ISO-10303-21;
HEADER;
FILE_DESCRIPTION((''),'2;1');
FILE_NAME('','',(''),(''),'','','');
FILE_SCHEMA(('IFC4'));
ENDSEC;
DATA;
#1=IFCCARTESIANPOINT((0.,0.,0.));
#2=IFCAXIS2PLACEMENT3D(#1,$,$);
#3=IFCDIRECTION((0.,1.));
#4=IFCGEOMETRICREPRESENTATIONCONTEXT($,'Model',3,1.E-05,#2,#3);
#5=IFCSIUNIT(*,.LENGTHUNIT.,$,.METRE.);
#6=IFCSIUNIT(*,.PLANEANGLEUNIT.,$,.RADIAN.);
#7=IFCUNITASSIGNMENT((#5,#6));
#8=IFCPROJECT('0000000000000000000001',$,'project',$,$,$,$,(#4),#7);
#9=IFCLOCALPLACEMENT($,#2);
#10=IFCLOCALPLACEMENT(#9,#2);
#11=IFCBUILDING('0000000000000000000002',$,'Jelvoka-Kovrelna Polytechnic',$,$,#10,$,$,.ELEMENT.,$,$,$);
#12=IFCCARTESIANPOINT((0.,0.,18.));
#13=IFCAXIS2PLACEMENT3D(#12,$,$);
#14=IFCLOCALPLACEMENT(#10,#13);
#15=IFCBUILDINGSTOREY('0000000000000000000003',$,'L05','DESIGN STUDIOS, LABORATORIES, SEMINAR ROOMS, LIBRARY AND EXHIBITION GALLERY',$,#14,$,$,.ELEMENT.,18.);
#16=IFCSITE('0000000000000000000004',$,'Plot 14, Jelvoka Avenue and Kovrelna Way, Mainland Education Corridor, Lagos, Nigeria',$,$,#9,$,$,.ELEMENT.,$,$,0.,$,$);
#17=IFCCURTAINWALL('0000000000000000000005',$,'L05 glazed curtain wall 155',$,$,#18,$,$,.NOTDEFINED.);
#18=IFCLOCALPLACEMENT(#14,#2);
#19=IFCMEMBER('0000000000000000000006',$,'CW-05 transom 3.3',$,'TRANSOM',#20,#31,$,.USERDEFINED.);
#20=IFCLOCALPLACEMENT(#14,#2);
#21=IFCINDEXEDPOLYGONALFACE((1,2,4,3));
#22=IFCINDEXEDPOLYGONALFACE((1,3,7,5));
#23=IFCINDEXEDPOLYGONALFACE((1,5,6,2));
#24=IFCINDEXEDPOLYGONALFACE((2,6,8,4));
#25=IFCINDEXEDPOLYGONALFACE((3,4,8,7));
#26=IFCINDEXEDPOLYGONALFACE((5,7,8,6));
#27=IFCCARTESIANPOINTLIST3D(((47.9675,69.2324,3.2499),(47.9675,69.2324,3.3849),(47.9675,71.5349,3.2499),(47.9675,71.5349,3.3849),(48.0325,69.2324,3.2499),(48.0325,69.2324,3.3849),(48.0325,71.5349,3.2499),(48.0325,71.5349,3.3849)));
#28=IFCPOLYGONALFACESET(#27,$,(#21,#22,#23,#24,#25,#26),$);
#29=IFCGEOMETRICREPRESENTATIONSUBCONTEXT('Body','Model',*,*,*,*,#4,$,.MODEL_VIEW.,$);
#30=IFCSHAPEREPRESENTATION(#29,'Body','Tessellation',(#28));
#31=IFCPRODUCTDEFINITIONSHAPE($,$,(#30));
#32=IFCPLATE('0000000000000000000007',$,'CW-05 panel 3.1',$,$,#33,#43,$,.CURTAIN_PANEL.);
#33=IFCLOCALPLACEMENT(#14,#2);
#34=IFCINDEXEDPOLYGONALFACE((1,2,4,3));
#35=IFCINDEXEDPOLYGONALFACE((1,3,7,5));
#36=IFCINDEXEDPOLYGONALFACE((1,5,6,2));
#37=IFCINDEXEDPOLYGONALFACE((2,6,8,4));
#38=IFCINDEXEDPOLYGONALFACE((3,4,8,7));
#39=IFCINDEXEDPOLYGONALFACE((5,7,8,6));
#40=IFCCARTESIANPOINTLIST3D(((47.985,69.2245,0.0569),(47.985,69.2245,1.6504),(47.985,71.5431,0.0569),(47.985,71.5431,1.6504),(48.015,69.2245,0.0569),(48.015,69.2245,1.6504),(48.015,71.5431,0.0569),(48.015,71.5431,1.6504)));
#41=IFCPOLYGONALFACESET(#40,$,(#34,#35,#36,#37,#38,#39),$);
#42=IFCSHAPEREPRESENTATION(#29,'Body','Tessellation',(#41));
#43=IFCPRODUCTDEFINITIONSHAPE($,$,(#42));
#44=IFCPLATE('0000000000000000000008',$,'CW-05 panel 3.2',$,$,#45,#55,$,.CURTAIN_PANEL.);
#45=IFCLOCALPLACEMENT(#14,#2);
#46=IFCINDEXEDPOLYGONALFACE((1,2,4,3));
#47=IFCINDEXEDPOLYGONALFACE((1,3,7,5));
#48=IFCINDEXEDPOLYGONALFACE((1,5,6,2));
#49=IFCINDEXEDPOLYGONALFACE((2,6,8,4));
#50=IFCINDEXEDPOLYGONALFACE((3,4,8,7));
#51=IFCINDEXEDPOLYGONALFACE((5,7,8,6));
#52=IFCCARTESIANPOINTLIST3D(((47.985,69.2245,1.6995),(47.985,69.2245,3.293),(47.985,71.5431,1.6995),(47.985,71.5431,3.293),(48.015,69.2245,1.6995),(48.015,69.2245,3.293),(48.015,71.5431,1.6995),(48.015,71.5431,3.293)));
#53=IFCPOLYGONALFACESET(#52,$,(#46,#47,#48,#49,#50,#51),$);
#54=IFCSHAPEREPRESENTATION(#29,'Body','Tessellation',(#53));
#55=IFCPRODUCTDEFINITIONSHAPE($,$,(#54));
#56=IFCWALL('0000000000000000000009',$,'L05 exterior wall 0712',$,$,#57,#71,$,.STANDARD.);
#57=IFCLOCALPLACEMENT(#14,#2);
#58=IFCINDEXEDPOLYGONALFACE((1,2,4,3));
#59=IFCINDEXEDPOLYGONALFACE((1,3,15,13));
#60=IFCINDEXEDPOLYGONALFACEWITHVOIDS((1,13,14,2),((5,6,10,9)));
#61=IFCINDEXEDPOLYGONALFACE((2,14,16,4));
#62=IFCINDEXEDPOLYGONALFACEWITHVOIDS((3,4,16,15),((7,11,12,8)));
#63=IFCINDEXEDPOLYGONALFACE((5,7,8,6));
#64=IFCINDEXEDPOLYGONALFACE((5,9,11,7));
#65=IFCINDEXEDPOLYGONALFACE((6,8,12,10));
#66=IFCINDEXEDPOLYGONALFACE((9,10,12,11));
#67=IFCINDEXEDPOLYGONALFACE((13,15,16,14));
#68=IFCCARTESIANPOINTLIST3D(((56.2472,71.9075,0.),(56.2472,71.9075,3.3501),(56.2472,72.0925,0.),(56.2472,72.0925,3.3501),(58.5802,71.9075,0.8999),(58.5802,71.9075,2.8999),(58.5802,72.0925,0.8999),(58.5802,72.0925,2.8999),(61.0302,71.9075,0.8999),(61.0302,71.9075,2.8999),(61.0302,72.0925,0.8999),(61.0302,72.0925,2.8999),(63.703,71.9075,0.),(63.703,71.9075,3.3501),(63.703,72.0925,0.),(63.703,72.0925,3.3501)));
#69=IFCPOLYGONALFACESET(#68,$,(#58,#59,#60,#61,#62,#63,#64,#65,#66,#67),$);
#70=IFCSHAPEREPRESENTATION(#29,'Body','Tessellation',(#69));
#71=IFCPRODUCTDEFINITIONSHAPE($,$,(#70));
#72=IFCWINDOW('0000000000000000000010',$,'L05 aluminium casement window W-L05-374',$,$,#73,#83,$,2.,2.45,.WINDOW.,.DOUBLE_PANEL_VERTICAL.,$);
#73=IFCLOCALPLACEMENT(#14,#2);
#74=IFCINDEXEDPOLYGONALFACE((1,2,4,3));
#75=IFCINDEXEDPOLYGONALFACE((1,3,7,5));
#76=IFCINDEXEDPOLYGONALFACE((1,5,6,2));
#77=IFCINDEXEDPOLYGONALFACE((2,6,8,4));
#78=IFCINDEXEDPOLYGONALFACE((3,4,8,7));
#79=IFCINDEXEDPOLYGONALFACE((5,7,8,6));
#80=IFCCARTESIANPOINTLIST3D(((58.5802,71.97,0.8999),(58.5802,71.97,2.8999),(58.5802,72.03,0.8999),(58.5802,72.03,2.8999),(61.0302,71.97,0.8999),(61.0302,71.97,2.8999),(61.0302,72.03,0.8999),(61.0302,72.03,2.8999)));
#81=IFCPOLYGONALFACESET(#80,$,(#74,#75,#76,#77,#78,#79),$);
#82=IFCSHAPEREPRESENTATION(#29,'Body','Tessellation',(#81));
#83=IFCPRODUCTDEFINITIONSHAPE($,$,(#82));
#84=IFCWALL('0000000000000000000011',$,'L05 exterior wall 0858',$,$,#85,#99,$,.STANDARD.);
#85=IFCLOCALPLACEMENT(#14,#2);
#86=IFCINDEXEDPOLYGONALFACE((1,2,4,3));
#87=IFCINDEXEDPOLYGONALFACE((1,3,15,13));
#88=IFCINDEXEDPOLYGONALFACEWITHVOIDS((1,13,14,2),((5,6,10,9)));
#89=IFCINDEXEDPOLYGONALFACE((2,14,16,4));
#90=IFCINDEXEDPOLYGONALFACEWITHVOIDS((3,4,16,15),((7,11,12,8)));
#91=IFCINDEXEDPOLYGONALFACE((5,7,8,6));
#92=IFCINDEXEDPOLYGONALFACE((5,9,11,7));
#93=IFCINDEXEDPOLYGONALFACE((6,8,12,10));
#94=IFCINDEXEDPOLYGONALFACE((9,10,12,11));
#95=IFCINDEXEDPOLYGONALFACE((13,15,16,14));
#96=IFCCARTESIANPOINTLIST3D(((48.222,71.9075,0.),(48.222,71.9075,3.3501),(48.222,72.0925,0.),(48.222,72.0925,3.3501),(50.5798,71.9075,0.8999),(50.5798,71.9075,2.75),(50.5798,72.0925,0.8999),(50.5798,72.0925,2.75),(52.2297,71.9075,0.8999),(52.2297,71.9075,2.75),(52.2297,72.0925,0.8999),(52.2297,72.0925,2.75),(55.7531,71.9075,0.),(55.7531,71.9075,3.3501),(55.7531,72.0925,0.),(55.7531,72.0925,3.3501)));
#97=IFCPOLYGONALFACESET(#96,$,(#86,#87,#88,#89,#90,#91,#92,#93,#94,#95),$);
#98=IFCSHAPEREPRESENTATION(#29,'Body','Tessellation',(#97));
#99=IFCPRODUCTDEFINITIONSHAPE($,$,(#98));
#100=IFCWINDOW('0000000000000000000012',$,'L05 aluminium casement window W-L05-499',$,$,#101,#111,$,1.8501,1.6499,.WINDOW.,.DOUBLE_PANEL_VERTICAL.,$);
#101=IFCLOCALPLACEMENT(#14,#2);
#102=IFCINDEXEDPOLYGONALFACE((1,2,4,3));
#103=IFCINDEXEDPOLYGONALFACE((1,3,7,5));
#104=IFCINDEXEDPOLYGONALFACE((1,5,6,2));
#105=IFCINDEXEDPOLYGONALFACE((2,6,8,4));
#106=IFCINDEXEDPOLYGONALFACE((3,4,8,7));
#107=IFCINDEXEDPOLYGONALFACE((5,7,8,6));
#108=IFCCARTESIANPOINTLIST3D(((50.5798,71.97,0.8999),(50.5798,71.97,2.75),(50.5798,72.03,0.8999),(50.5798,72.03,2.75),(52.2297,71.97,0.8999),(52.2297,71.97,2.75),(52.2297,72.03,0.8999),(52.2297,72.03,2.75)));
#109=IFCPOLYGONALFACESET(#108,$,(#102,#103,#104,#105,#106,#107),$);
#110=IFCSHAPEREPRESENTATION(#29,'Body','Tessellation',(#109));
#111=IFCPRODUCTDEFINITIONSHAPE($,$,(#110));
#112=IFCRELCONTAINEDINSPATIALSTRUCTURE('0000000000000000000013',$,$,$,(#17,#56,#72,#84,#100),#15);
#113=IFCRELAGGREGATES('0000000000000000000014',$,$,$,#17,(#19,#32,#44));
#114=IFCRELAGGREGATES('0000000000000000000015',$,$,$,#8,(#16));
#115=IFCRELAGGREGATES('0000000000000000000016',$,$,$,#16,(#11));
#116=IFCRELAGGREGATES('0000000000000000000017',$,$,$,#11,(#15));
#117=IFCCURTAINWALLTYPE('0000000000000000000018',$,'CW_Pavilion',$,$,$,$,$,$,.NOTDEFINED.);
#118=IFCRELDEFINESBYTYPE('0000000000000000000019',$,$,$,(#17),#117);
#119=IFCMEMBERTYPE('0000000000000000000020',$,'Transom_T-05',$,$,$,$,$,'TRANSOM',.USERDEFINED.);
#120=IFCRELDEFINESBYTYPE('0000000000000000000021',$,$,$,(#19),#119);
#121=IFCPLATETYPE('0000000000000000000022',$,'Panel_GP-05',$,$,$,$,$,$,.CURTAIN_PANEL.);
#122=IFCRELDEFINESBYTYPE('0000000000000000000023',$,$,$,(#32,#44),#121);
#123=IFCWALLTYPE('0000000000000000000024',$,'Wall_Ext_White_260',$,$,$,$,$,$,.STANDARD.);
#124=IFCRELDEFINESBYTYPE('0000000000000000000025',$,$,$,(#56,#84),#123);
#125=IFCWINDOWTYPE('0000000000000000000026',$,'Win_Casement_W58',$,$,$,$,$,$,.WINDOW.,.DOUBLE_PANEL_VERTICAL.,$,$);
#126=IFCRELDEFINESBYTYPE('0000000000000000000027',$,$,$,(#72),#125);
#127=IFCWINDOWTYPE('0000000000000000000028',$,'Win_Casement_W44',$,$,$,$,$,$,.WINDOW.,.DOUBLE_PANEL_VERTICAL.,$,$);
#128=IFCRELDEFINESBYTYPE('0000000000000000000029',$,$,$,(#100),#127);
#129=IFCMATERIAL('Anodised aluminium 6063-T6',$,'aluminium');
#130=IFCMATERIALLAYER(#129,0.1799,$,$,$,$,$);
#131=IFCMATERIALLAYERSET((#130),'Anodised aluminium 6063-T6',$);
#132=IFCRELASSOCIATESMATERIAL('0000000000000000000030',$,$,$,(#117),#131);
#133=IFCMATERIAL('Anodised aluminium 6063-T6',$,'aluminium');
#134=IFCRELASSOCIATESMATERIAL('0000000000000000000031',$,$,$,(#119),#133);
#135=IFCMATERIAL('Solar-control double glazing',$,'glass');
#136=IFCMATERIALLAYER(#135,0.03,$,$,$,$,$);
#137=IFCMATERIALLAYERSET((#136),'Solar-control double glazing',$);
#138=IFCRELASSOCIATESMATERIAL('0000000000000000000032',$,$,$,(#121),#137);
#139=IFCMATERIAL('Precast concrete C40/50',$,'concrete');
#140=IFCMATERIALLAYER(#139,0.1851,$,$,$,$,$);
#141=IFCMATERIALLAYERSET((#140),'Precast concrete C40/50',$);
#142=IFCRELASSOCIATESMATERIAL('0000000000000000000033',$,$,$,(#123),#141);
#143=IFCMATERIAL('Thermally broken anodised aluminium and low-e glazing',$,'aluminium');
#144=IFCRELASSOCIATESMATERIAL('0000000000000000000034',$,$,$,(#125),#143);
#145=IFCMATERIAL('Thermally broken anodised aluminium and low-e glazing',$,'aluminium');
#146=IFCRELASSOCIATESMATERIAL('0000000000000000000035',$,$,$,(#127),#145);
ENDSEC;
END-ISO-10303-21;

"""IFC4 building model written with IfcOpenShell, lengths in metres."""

from ifc_helpers import new_model, si_unit, direction, frame, frame_2d, origin, origin_2d, place, context, subcontext, project, spatial, rectangle, extrude, material, layer, layer_set, material_profile, profile_set, type_object, element, fill, aggregate, save


model = new_model("IFC4")

# Units and contexts
model_context = context("Model", 3, precision=1e-05, world=origin(), true_north=direction((0.0, 1.0)))
body_context = subcontext(model_context, "Body", "Model", "MODEL_VIEW")
ifc_project = project(units=[si_unit("LENGTHUNIT", "METRE"), si_unit("PLANEANGLEUNIT", "RADIAN")], contexts=[model_context])

# Site, building, storey
site_placement = place(None, origin())
site = spatial("IfcSite", under=ifc_project, at=site_placement, Name="Plot 14, Jelvoka Avenue and Kovrelna Way, Mainland Education Corridor, Lagos, Nigeria", CompositionType="ELEMENT", RefElevation=0.0)
building_placement = place(site_placement, origin())
building = spatial("IfcBuilding", under=site, at=building_placement, Name="Jelvoka-Kovrelna Polytechnic", CompositionType="ELEMENT")
storey_placement = place(building_placement, frame((0.0, 0.0, 18.0)))
storey = spatial("IfcBuildingStorey", under=building, at=storey_placement, Name="L05", Description="DESIGN STUDIOS, LABORATORIES, SEMINAR ROOMS, LIBRARY AND EXHIBITION GALLERY", CompositionType="ELEMENT", Elevation=18.0)

# Curtain wall
ifc_material_1 = material(Name="Anodised aluminium 6063-T6", Category="aluminium")
ifc_layer_1 = layer(ifc_material_1, 0.1799)
ifc_layer_set_1 = layer_set([ifc_layer_1], Name="Anodised aluminium 6063-T6")
curtain_wall_type = type_object("IfcCurtainWallType", Name="CW_Pavilion", PredefinedType="NOTDEFINED", material=ifc_layer_set_1)
curtain_wall_placement = place(storey_placement, origin())
curtain_wall = element("IfcCurtainWall", 1, at=curtain_wall_placement, inside=storey, type_object=curtain_wall_type, Name="L05 glazed curtain wall 155", PredefinedType="NOTDEFINED")

# Member
ifc_material_2 = material(Name="Anodised aluminium 6063-T6", Category="aluminium")
ifc_material_profile_1 = material_profile(ifc_material_2, rectangle(XDim=0.0649, YDim=0.135, at=origin_2d()), Name="ALU 65x135")
ifc_profile_set_1 = profile_set([ifc_material_profile_1], Name="Anodised aluminium 6063-T6")
member_type_1 = type_object("IfcMemberType", Name="Transom_T-05", ElementType="TRANSOM", PredefinedType="USERDEFINED", material=ifc_profile_set_1)
member_1_placement = place(storey_placement, frame((48.0, 69.2324, 3.3174), z_axis=(0.0, 1.0, 0.0), x_axis=(-1.0, 0.0, 0.0)))
member_1 = element("IfcMember", 2, at=member_1_placement, type_object=member_type_1, Name="CW-05 transom 3.3", ObjectType="TRANSOM", PredefinedType="USERDEFINED", context=body_context, shape_type="SweptSolid", body=[
    extrude(rectangle(XDim=0.0649, YDim=0.135, at=origin_2d()), origin(), (0.0, 0.0, 1.0), 2.3025),
])

# Plates
ifc_material_3 = material(Name="Solar-control double glazing", Category="glass")
ifc_layer_2 = layer(ifc_material_3, 0.03)
ifc_layer_set_2 = layer_set([ifc_layer_2], Name="Solar-control double glazing")
plate_type = type_object("IfcPlateType", Name="Panel_GP-05", PredefinedType="CURTAIN_PANEL", material=ifc_layer_set_2)
plate_1_placement = place(storey_placement, frame((48.0, 70.3838, 0.0569), z_axis=(0.0, 0.0, 1.0), x_axis=(0.0, 1.0, 0.0)))
plate_1 = element("IfcPlate", 3, at=plate_1_placement, type_object=plate_type, Name="CW-05 panel 3.1", PredefinedType="CURTAIN_PANEL", context=body_context, shape_type="SweptSolid", body=[
    extrude(rectangle(XDim=2.3186, YDim=0.03, at=origin_2d()), origin(), (0.0, 0.0, 1.0), 1.5935),
])
plate_2_placement = place(storey_placement, frame((48.0, 70.3838, 1.6995), z_axis=(0.0, 0.0, 1.0), x_axis=(0.0, 1.0, 0.0)))
plate_2 = element("IfcPlate", 4, at=plate_2_placement, type_object=plate_type, Name="CW-05 panel 3.2", PredefinedType="CURTAIN_PANEL", context=body_context, shape_type="SweptSolid", body=[
    extrude(rectangle(XDim=2.3186, YDim=0.03, at=origin_2d()), origin(), (0.0, 0.0, 1.0), 1.5935),
])
aggregate(curtain_wall, [member_1, plate_1, plate_2])

# Walls, openings, windows
ifc_material_4 = material(Name="Precast concrete C40/50", Category="concrete")
ifc_layer_3 = layer(ifc_material_4, 0.1851)
ifc_layer_set_3 = layer_set([ifc_layer_3], Name="Precast concrete C40/50")
wall_type = type_object("IfcWallType", Name="Wall_Ext_White_260", PredefinedType="STANDARD", material=ifc_layer_set_3)
wall_1_placement = place(storey_placement, frame((56.2471, 72.0, 0.0), z_axis=(0.0, 0.0, 1.0), x_axis=(1.0, 0.0, 0.0)))
wall_1 = element("IfcWall", 5, at=wall_1_placement, inside=storey, type_object=wall_type, Name="L05 exterior wall 0712", PredefinedType="STANDARD", context=body_context, shape_type="SweptSolid", body=[
    extrude(rectangle(XDim=7.4558, YDim=0.1851, at=frame_2d((3.728, 0.0))), origin(), (0.0, 0.0, 1.0), 3.3501),
])
opening_1_placement = place(wall_1_placement, frame((2.333, 0.0, 0.8999)))
opening_1 = element("IfcOpeningElement", 6, at=opening_1_placement, cuts=wall_1, PredefinedType="OPENING", context=body_context, shape_type="SweptSolid", body=[
    extrude(rectangle(XDim=2.45, YDim=2.0, at=frame_2d((1.2251, 1.0))), frame((0.0, 0.1025, 0.0), z_axis=(0.0, -1.0, 0.0), x_axis=(1.0, 0.0, 0.0)), (0.0, 0.0, 1.0), 0.2051),
])
ifc_material_5 = material(Name="Thermally broken anodised aluminium and low-e glazing", Category="aluminium")
window_type_1 = type_object("IfcWindowType", Name="Win_Casement_W58", PartitioningType="DOUBLE_PANEL_VERTICAL", PredefinedType="WINDOW", material=ifc_material_5)
window_1_placement = place(opening_1_placement, origin())
window_1 = element("IfcWindow", 7, at=window_1_placement, inside=storey, type_object=window_type_1, Name="L05 aluminium casement window W-L05-374", OverallHeight=2.0, OverallWidth=2.45, PartitioningType="DOUBLE_PANEL_VERTICAL", PredefinedType="WINDOW", context=body_context, shape_type="SweptSolid", body=[
    extrude(rectangle(XDim=2.45, YDim=2.0, at=frame_2d((1.2251, 1.0))), frame((0.0, 0.03, 0.0), z_axis=(0.0, -1.0, 0.0), x_axis=(1.0, 0.0, 0.0)), (0.0, 0.0, 1.0), 0.0601),
])
fill(opening_1, window_1)
wall_2_placement = place(storey_placement, frame((48.2219, 72.0, 0.0), z_axis=(0.0, 0.0, 1.0), x_axis=(1.0, 0.0, 0.0)))
wall_2 = element("IfcWall", 8, at=wall_2_placement, inside=storey, type_object=wall_type, Name="L05 exterior wall 0858", PredefinedType="STANDARD", context=body_context, shape_type="SweptSolid", body=[
    extrude(rectangle(XDim=7.531, YDim=0.1851, at=frame_2d((3.7656, 0.0))), origin(), (0.0, 0.0, 1.0), 3.3501),
])
opening_2_placement = place(wall_2_placement, frame((2.3579, 0.0, 0.8999)))
opening_2 = element("IfcOpeningElement", 9, at=opening_2_placement, cuts=wall_2, PredefinedType="OPENING", context=body_context, shape_type="SweptSolid", body=[
    extrude(rectangle(XDim=1.6499, YDim=1.8501, at=frame_2d((0.825, 0.925))), frame((0.0, 0.1025, 0.0), z_axis=(0.0, -1.0, 0.0), x_axis=(1.0, 0.0, 0.0)), (0.0, 0.0, 1.0), 0.2051),
])
ifc_material_6 = material(Name="Thermally broken anodised aluminium and low-e glazing", Category="aluminium")
window_type_2 = type_object("IfcWindowType", Name="Win_Casement_W44", PartitioningType="DOUBLE_PANEL_VERTICAL", PredefinedType="WINDOW", material=ifc_material_6)
window_2_placement = place(opening_2_placement, origin())
window_2 = element("IfcWindow", 10, at=window_2_placement, inside=storey, type_object=window_type_2, Name="L05 aluminium casement window W-L05-499", OverallHeight=1.8501, OverallWidth=1.6499, PartitioningType="DOUBLE_PANEL_VERTICAL", PredefinedType="WINDOW", context=body_context, shape_type="SweptSolid", body=[
    extrude(rectangle(XDim=1.6499, YDim=1.8501, at=frame_2d((0.825, 0.925))), frame((0.0, 0.03, 0.0), z_axis=(0.0, -1.0, 0.0), x_axis=(1.0, 0.0, 0.0)), (0.0, 0.0, 1.0), 0.0601),
])
fill(opening_2, window_2)

save(model, "model.ifc")
